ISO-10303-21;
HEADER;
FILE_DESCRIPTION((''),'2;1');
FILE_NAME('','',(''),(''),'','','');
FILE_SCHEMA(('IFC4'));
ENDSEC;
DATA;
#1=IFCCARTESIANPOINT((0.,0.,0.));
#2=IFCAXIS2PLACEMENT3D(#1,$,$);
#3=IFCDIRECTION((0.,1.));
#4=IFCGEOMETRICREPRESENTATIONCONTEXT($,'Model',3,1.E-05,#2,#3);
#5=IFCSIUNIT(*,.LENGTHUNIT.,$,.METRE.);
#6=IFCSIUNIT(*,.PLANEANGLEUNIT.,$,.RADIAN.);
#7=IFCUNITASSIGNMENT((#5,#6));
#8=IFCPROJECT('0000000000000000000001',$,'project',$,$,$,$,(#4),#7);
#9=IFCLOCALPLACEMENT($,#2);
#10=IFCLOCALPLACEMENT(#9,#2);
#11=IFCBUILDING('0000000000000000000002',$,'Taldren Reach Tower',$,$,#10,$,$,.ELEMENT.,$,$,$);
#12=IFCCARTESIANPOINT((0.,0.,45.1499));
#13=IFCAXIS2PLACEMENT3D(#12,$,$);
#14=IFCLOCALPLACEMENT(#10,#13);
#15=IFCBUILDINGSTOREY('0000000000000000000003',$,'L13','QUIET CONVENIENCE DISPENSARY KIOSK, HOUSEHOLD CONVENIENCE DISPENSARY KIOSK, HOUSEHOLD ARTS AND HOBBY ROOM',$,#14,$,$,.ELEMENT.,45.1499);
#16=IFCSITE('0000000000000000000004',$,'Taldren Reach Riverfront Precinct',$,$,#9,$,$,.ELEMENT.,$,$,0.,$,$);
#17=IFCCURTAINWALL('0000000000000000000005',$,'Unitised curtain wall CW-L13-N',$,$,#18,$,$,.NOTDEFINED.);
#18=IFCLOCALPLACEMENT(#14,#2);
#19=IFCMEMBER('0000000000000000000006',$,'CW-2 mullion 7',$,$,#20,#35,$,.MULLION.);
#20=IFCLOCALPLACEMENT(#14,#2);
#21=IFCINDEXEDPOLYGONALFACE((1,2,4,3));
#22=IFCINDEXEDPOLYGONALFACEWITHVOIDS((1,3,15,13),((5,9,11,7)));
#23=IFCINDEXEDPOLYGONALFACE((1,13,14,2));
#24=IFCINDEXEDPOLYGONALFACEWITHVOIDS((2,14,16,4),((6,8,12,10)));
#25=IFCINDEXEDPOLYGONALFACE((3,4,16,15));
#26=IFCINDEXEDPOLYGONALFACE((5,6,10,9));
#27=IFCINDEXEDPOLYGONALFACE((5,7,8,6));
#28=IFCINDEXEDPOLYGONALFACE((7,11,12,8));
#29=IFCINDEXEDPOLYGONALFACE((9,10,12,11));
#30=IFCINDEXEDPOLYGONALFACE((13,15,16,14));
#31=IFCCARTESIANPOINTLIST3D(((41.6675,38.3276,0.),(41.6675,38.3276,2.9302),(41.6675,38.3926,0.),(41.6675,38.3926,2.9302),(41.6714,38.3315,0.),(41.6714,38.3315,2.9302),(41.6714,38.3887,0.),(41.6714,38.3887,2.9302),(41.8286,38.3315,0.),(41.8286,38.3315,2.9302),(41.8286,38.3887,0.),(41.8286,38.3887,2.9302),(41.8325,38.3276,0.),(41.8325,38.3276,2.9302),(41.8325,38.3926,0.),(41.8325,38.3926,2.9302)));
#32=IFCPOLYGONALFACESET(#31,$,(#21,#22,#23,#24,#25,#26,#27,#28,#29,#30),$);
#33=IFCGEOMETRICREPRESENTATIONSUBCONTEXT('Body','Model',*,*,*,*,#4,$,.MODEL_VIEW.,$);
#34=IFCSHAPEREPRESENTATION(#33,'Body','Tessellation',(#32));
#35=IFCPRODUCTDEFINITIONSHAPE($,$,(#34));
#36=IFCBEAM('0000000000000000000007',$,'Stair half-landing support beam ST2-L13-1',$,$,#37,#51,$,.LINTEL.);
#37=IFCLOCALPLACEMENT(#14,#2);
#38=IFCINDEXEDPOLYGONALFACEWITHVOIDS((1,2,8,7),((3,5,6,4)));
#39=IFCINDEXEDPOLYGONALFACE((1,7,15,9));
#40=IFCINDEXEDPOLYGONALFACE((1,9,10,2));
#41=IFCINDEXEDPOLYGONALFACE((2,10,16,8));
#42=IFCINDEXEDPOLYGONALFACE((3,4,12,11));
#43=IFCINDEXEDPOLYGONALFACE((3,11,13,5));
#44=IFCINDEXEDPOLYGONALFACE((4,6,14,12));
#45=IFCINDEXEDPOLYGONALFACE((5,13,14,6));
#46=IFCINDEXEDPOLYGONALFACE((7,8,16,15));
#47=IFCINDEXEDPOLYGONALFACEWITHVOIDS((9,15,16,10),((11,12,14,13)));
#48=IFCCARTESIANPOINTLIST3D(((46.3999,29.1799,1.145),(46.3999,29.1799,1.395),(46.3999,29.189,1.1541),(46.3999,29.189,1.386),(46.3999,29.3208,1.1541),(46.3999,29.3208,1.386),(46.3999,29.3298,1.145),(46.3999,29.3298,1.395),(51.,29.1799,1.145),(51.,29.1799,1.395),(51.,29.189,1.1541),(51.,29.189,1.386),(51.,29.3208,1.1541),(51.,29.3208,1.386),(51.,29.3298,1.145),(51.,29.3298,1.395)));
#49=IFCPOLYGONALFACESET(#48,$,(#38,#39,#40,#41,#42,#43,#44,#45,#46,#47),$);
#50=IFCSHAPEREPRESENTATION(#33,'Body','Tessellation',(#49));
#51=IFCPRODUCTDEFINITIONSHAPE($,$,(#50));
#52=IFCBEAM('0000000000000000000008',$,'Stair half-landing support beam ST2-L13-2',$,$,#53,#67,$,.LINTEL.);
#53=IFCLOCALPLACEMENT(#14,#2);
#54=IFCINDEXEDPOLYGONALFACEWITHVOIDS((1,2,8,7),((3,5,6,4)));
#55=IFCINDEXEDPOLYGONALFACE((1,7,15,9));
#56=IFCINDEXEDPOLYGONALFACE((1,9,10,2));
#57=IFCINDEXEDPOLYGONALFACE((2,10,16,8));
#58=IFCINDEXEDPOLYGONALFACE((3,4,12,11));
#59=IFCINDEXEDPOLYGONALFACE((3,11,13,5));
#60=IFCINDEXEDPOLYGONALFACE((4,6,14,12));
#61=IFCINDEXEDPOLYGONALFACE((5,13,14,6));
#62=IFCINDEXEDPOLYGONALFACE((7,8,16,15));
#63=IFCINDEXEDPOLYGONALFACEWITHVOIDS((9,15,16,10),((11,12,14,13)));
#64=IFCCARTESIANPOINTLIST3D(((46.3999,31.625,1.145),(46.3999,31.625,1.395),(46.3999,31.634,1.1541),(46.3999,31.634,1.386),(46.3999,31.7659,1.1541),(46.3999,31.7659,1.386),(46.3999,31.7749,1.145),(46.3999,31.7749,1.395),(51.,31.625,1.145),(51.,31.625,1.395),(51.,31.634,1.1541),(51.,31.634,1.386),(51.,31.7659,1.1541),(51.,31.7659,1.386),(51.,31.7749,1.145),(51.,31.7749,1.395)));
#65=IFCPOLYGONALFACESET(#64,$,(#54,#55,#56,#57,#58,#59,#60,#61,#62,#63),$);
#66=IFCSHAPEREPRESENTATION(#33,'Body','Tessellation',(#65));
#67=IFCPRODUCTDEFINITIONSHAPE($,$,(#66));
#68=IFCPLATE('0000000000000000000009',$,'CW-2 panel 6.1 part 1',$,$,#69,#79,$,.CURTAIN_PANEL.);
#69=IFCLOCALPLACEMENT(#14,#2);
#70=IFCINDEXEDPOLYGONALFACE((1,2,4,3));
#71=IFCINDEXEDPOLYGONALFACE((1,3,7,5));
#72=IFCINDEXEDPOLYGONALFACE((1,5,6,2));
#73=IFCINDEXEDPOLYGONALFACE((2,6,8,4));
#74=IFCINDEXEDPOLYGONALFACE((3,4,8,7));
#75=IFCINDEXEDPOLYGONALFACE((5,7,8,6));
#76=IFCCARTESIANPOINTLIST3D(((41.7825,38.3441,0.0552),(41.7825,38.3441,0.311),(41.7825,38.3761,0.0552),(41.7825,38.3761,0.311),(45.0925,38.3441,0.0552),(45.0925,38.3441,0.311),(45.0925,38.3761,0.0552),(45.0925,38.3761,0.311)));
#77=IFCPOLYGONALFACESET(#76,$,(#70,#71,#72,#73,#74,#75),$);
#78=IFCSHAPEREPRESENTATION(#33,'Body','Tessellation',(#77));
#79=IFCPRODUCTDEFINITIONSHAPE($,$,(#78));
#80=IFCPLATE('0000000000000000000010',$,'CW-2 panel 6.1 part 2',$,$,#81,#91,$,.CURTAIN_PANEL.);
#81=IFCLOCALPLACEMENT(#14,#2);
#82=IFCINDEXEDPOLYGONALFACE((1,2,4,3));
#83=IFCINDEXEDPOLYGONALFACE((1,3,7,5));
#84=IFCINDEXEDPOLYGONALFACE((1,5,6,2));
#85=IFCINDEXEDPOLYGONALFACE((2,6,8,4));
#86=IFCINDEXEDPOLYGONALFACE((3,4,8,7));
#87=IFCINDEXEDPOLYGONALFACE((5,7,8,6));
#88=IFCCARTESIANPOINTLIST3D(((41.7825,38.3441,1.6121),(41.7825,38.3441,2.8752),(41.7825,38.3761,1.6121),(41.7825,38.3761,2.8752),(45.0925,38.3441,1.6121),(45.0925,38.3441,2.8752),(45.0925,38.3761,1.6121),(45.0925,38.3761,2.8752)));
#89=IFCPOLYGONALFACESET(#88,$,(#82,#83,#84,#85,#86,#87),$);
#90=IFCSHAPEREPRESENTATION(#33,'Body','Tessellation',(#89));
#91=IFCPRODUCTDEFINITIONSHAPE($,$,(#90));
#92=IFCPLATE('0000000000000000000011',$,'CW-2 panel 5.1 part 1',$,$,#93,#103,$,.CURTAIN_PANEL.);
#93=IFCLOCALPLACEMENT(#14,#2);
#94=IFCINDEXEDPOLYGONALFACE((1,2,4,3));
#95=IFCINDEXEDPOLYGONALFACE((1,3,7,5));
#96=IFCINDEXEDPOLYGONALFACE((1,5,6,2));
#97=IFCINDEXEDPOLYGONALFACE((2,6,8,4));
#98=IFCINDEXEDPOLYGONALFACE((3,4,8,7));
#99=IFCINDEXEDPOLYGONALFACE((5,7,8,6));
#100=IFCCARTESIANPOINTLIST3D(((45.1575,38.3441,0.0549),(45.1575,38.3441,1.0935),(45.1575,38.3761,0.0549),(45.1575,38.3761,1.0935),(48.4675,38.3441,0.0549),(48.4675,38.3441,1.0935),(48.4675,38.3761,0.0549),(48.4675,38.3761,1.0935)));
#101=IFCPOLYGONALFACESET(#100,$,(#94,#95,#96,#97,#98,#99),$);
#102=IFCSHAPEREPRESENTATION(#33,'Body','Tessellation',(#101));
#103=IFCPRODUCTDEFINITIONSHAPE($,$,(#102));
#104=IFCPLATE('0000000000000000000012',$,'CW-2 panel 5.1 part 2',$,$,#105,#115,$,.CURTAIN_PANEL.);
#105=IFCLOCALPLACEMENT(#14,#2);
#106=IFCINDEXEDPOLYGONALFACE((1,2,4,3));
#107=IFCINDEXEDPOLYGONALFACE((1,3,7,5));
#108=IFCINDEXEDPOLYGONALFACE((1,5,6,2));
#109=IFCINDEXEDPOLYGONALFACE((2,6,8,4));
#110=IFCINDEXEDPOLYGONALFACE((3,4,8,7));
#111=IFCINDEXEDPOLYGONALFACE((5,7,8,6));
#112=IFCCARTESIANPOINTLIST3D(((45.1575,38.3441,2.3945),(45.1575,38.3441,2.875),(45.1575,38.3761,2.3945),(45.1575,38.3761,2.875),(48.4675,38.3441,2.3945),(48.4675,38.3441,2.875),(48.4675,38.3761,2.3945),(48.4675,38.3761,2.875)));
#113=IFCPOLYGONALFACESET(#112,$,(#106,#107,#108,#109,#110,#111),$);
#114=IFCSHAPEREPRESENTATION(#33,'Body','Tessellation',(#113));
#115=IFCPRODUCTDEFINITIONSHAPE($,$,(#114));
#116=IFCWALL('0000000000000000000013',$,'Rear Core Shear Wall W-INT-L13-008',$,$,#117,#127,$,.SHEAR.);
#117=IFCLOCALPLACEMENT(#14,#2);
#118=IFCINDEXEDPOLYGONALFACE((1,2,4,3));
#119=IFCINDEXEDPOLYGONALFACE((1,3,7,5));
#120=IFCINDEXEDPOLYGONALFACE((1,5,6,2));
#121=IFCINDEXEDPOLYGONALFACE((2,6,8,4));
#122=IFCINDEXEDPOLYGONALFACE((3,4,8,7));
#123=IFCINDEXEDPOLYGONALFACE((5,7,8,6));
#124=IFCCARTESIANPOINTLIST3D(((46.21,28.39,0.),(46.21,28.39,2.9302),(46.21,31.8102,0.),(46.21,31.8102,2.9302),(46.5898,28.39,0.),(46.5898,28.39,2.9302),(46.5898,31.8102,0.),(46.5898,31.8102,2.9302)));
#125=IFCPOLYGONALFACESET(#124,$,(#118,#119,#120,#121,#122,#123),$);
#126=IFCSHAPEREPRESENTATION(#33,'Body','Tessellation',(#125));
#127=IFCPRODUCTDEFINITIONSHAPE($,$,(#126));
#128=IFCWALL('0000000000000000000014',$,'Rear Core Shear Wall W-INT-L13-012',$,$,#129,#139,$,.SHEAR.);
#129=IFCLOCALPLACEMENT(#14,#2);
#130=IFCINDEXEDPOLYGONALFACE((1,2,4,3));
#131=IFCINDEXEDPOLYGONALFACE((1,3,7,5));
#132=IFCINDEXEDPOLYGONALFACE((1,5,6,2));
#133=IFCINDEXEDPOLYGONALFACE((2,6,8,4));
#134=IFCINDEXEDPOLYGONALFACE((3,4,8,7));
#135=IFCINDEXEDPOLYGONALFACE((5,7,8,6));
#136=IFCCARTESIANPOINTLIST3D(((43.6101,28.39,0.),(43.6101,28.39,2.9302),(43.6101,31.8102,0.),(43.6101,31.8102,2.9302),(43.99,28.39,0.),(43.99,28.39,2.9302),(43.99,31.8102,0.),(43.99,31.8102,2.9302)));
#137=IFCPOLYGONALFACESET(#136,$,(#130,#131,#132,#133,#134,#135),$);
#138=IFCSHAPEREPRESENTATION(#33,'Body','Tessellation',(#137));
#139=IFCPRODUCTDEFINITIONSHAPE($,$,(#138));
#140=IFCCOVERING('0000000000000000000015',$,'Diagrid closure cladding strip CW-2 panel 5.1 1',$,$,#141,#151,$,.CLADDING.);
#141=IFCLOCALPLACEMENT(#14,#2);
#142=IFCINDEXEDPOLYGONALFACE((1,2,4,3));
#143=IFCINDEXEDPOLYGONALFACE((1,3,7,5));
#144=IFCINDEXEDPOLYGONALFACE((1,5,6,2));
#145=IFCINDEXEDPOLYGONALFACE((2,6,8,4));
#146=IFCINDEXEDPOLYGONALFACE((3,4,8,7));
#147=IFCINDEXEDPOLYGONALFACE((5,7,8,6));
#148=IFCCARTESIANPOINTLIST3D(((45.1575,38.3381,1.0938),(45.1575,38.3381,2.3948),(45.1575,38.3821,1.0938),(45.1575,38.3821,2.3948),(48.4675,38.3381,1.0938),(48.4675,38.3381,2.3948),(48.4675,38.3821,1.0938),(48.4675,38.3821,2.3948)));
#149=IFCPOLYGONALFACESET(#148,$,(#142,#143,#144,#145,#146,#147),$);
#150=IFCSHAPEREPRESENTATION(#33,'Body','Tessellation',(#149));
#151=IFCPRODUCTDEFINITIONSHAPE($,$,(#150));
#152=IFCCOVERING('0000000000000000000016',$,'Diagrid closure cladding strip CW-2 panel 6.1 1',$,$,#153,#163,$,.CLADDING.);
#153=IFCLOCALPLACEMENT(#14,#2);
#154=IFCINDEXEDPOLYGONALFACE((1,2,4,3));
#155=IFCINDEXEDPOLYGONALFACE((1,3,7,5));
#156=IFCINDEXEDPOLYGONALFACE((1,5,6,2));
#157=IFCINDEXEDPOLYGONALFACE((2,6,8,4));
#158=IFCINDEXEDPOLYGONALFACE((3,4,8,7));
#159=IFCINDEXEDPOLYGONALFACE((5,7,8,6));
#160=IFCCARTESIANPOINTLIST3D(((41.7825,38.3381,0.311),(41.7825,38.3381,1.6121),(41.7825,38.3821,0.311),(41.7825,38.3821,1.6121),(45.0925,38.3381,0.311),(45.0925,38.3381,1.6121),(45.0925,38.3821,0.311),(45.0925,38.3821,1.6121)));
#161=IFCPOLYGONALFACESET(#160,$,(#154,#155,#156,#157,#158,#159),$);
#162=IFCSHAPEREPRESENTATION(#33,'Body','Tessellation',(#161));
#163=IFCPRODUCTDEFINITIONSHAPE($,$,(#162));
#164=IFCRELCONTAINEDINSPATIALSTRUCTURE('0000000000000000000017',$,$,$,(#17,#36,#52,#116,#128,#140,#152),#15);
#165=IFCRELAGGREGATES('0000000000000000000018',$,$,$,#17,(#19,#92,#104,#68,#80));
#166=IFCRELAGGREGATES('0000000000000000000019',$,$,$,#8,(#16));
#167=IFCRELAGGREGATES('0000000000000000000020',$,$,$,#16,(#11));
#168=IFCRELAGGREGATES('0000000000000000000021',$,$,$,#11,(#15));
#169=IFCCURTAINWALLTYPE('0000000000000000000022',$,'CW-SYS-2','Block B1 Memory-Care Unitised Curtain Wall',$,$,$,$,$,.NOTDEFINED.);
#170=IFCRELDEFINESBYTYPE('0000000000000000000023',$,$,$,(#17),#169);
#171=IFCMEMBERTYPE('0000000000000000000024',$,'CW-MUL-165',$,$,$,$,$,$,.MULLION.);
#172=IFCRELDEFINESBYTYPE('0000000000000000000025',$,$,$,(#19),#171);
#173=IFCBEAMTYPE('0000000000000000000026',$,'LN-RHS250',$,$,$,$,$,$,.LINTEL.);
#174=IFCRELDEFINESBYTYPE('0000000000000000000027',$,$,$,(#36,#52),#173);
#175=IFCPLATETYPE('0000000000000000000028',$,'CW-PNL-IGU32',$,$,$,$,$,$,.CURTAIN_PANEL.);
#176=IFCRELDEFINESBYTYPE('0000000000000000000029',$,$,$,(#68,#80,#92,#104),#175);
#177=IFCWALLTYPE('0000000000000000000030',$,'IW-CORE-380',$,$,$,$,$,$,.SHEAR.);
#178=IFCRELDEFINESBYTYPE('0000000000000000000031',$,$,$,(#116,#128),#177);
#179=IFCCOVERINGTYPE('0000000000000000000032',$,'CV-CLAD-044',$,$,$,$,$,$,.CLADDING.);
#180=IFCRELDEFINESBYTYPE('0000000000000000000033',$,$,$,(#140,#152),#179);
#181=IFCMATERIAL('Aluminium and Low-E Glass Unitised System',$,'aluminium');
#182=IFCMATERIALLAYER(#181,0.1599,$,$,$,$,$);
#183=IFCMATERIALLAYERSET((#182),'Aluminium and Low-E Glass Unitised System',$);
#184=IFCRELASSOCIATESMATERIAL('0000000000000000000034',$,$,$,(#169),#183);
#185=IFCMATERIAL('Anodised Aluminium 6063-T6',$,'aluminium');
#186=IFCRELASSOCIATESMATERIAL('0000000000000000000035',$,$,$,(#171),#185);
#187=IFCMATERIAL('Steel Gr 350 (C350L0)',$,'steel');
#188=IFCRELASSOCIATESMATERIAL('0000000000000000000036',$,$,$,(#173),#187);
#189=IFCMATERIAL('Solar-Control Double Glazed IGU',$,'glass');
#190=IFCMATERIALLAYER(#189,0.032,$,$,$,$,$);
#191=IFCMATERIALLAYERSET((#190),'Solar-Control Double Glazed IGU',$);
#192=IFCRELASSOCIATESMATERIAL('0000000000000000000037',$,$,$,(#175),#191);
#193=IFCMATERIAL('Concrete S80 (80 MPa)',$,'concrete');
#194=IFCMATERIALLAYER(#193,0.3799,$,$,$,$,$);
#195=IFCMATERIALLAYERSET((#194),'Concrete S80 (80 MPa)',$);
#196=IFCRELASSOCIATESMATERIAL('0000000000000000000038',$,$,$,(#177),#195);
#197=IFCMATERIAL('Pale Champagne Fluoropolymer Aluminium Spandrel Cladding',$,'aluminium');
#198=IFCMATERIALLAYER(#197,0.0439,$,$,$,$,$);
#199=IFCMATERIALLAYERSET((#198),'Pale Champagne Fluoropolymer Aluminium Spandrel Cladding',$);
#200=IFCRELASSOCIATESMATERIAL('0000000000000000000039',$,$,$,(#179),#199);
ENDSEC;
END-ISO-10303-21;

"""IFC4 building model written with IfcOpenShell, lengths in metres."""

from ifc_helpers import new_model, si_unit, direction, frame, frame_2d, origin, origin_2d, place, context, subcontext, project, spatial, rectangle, hollow_rectangle, extrude, source, transform, mapped, material, layer, layer_set, material_profile, profile_set, type_object, element, aggregate, save


model = new_model("IFC4")

# Units and contexts
model_context = context("Model", 3, precision=1e-05, world=origin(), true_north=direction((0.0, 1.0)))
body_context = subcontext(model_context, "Body", "Model", "MODEL_VIEW")
ifc_project = project(units=[si_unit("LENGTHUNIT", "METRE"), si_unit("PLANEANGLEUNIT", "RADIAN")], contexts=[model_context])

# Site, building, storey
site_placement = place(None, origin())
site = spatial("IfcSite", under=ifc_project, at=site_placement, Name="Taldren Reach Riverfront Precinct", CompositionType="ELEMENT", RefElevation=0.0)
building_placement = place(site_placement, origin())
building = spatial("IfcBuilding", under=site, at=building_placement, Name="Taldren Reach Tower", CompositionType="ELEMENT")
storey_placement = place(building_placement, frame((0.0, 0.0, 45.1499)))
storey = spatial("IfcBuildingStorey", under=building, at=storey_placement, Name="L13", Description="QUIET CONVENIENCE DISPENSARY KIOSK, HOUSEHOLD CONVENIENCE DISPENSARY KIOSK, HOUSEHOLD ARTS AND HOBBY ROOM", CompositionType="ELEMENT", Elevation=45.1499)

# Shared definitions
ifc_material_1 = material(Name="Steel Gr 350 (C350L0)", Category="steel")

# Curtain wall, member
ifc_material_2 = material(Name="Aluminium and Low-E Glass Unitised System", Category="aluminium")
ifc_layer_1 = layer(ifc_material_2, 0.1599)
ifc_layer_set_1 = layer_set([ifc_layer_1], Name="Aluminium and Low-E Glass Unitised System")
curtain_wall_type = type_object("IfcCurtainWallType", Name="CW-SYS-2", Description="Block B1 Memory-Care Unitised Curtain Wall", PredefinedType="NOTDEFINED", material=ifc_layer_set_1)
curtain_wall_placement = place(storey_placement, origin())
curtain_wall = element("IfcCurtainWall", 1, at=curtain_wall_placement, inside=storey, type_object=curtain_wall_type, Name="Unitised curtain wall CW-L13-N", PredefinedType="NOTDEFINED")
ifc_material_3 = material(Name="Anodised Aluminium 6063-T6", Category="aluminium")
ifc_material_profile_1 = material_profile(ifc_material_3, hollow_rectangle(XDim=0.0649, YDim=0.165, WallThickness=0.0039, at=origin_2d()), Name="ALU-165x65x4RHS")
ifc_profile_set_1 = profile_set([ifc_material_profile_1], Name="Anodised Aluminium 6063-T6")
member_type_1 = type_object("IfcMemberType", Name="CW-MUL-165", PredefinedType="MULLION", material=ifc_profile_set_1)
shared_shape_1 = source(origin(), body_context, "Body", "SweptSolid", [
    extrude(hollow_rectangle(XDim=0.0649, YDim=0.165, WallThickness=0.0039, at=origin_2d()), origin(), (0.0, 0.0, 1.0), 2.9302),
])
member_1_placement = place(storey_placement, frame((41.75, 38.3601, 0.0), z_axis=(0.0, 0.0, 1.0), x_axis=(0.0, -1.0, 0.0)))
member_1 = element("IfcMember", 2, at=member_1_placement, type_object=member_type_1, Name="CW-2 mullion 7", PredefinedType="MULLION", context=body_context, shape_type="MappedRepresentation", body=[
    mapped(shared_shape_1, transform((0.0, 0.0, 0.0), scale=1.0)),
])

# Beams
ifc_material_profile_2 = material_profile(ifc_material_1, hollow_rectangle(XDim=0.1499, YDim=0.25, WallThickness=0.009, at=origin_2d()), Name="250x150x9.0RHS")
ifc_profile_set_2 = profile_set([ifc_material_profile_2], Name="Steel Gr 350 (C350L0)")
beam_type = type_object("IfcBeamType", Name="LN-RHS250", PredefinedType="LINTEL", material=ifc_profile_set_2)
shared_shape_2 = source(origin(), body_context, "Body", "SweptSolid", [
    extrude(hollow_rectangle(XDim=0.1499, YDim=0.25, WallThickness=0.009, at=origin_2d()), origin(), (0.0, 0.0, 1.0), 4.6001),
])
for number, where, z_axis, x_axis, name in (
    (3, (46.3999, 29.2549, 1.27), (1.0, 0.0, 0.0), (0.0, 1.0, 0.0), "Stair half-landing support beam ST2-L13-1"),
    (4, (46.3999, 31.7, 1.27), (1.0, 0.0, 0.0), (0.0, 1.0, 0.0), "Stair half-landing support beam ST2-L13-2"),
):
    element("IfcBeam", number, at=place(storey_placement, frame(where, z_axis=z_axis, x_axis=x_axis)), inside=storey, type_object=beam_type, Name=name, PredefinedType="LINTEL", context=body_context, shape_type="MappedRepresentation", body=[
        mapped(shared_shape_2, transform((0.0, 0.0, 0.0), scale=1.0)),
    ])

# Plates
ifc_material_4 = material(Name="Solar-Control Double Glazed IGU", Category="glass")
ifc_layer_2 = layer(ifc_material_4, 0.032)
ifc_layer_set_2 = layer_set([ifc_layer_2], Name="Solar-Control Double Glazed IGU")
plate_type = type_object("IfcPlateType", Name="CW-PNL-IGU32", PredefinedType="CURTAIN_PANEL", material=ifc_layer_set_2)
shared_shape_3 = source(origin(), body_context, "Body", "SweptSolid", [
    extrude(rectangle(XDim=3.3101, YDim=0.032, at=origin_2d()), origin(), (0.0, 0.0, 1.0), 0.2559),
])
plate_1_placement = place(storey_placement, frame((43.4375, 38.3601, 0.0552), z_axis=(0.0, 0.0, 1.0), x_axis=(-1.0, 0.0, 0.0)))
plate_1 = element("IfcPlate", 5, at=plate_1_placement, type_object=plate_type, Name="CW-2 panel 6.1 part 1", PredefinedType="CURTAIN_PANEL", context=body_context, shape_type="MappedRepresentation", body=[
    mapped(shared_shape_3, transform((0.0, 0.0, 0.0), scale=1.0)),
])
shared_shape_4 = source(origin(), body_context, "Body", "SweptSolid", [
    extrude(rectangle(XDim=3.3101, YDim=0.032, at=origin_2d()), origin(), (0.0, 0.0, 1.0), 1.2632),
])
plate_2_placement = place(storey_placement, frame((43.4375, 38.3601, 1.6121), z_axis=(0.0, 0.0, 1.0), x_axis=(-1.0, 0.0, 0.0)))
plate_2 = element("IfcPlate", 6, at=plate_2_placement, type_object=plate_type, Name="CW-2 panel 6.1 part 2", PredefinedType="CURTAIN_PANEL", context=body_context, shape_type="MappedRepresentation", body=[
    mapped(shared_shape_4, transform((0.0, 0.0, 0.0), scale=1.0)),
])
shared_shape_5 = source(origin(), body_context, "Body", "SweptSolid", [
    extrude(rectangle(XDim=3.3101, YDim=0.032, at=origin_2d()), origin(), (0.0, 0.0, 1.0), 1.0386),
])
plate_3_placement = place(storey_placement, frame((46.8125, 38.3601, 0.0549), z_axis=(0.0, 0.0, 1.0), x_axis=(-1.0, 0.0, 0.0)))
plate_3 = element("IfcPlate", 7, at=plate_3_placement, type_object=plate_type, Name="CW-2 panel 5.1 part 1", PredefinedType="CURTAIN_PANEL", context=body_context, shape_type="MappedRepresentation", body=[
    mapped(shared_shape_5, transform((0.0, 0.0, 0.0), scale=1.0)),
])
shared_shape_6 = source(origin(), body_context, "Body", "SweptSolid", [
    extrude(rectangle(XDim=3.3101, YDim=0.032, at=origin_2d()), origin(), (0.0, 0.0, 1.0), 0.4805),
])
plate_4_placement = place(storey_placement, frame((46.8125, 38.3601, 2.3945), z_axis=(0.0, 0.0, 1.0), x_axis=(-1.0, 0.0, 0.0)))
plate_4 = element("IfcPlate", 8, at=plate_4_placement, type_object=plate_type, Name="CW-2 panel 5.1 part 2", PredefinedType="CURTAIN_PANEL", context=body_context, shape_type="MappedRepresentation", body=[
    mapped(shared_shape_6, transform((0.0, 0.0, 0.0), scale=1.0)),
])
aggregate(curtain_wall, [member_1, plate_3, plate_4, plate_1, plate_2])

# Walls
ifc_material_5 = material(Name="Concrete S80 (80 MPa)", Category="concrete")
ifc_layer_3 = layer(ifc_material_5, 0.3799)
ifc_layer_set_3 = layer_set([ifc_layer_3], Name="Concrete S80 (80 MPa)")
wall_type = type_object("IfcWallType", Name="IW-CORE-380", PredefinedType="SHEAR", material=ifc_layer_set_3)
shared_shape_7 = source(origin(), body_context, "Body", "SweptSolid", [
    extrude(rectangle(XDim=3.4202, YDim=0.3799, at=frame_2d((1.71, 0.0))), origin(), (0.0, 0.0, 1.0), 2.9302),
])
for number, where, z_axis, x_axis, name in (
    (9, (46.3999, 31.8101, 0.0), (0.0, 0.0, 1.0), (0.0, -1.0, 0.0), "Rear Core Shear Wall W-INT-L13-008"),
    (10, (43.8, 31.8101, 0.0), (0.0, 0.0, 1.0), (0.0, -1.0, 0.0), "Rear Core Shear Wall W-INT-L13-012"),
):
    element("IfcWall", number, at=place(storey_placement, frame(where, z_axis=z_axis, x_axis=x_axis)), inside=storey, type_object=wall_type, Name=name, PredefinedType="SHEAR", context=body_context, shape_type="MappedRepresentation", body=[
        mapped(shared_shape_7, transform((0.0, 0.0, 0.0), scale=1.0)),
    ])

# Coverings
ifc_material_6 = material(Name="Pale Champagne Fluoropolymer Aluminium Spandrel Cladding", Category="aluminium")
ifc_layer_4 = layer(ifc_material_6, 0.0439)
ifc_layer_set_4 = layer_set([ifc_layer_4], Name="Pale Champagne Fluoropolymer Aluminium Spandrel Cladding")
covering_type = type_object("IfcCoveringType", Name="CV-CLAD-044", PredefinedType="CLADDING", material=ifc_layer_set_4)
shared_shape_8 = source(origin(), body_context, "Body", "SweptSolid", [
    extrude(rectangle(XDim=3.3101, YDim=0.0439, at=origin_2d()), origin(), (0.0, 0.0, 1.0), 1.301),
])
for number, where, z_axis, x_axis, name in (
    (11, (46.8125, 38.3601, 1.0938), (0.0, 0.0, 1.0), (-1.0, 0.0, 0.0), "Diagrid closure cladding strip CW-2 panel 5.1 1"),
    (12, (43.4375, 38.3601, 0.311), (0.0, 0.0, 1.0), (-1.0, 0.0, 0.0), "Diagrid closure cladding strip CW-2 panel 6.1 1"),
):
    element("IfcCovering", number, at=place(storey_placement, frame(where, z_axis=z_axis, x_axis=x_axis)), inside=storey, type_object=covering_type, Name=name, PredefinedType="CLADDING", context=body_context, shape_type="MappedRepresentation", body=[
        mapped(shared_shape_8, transform((0.0, 0.0, 0.0), scale=1.0)),
    ])

save(model, "model.ifc")
